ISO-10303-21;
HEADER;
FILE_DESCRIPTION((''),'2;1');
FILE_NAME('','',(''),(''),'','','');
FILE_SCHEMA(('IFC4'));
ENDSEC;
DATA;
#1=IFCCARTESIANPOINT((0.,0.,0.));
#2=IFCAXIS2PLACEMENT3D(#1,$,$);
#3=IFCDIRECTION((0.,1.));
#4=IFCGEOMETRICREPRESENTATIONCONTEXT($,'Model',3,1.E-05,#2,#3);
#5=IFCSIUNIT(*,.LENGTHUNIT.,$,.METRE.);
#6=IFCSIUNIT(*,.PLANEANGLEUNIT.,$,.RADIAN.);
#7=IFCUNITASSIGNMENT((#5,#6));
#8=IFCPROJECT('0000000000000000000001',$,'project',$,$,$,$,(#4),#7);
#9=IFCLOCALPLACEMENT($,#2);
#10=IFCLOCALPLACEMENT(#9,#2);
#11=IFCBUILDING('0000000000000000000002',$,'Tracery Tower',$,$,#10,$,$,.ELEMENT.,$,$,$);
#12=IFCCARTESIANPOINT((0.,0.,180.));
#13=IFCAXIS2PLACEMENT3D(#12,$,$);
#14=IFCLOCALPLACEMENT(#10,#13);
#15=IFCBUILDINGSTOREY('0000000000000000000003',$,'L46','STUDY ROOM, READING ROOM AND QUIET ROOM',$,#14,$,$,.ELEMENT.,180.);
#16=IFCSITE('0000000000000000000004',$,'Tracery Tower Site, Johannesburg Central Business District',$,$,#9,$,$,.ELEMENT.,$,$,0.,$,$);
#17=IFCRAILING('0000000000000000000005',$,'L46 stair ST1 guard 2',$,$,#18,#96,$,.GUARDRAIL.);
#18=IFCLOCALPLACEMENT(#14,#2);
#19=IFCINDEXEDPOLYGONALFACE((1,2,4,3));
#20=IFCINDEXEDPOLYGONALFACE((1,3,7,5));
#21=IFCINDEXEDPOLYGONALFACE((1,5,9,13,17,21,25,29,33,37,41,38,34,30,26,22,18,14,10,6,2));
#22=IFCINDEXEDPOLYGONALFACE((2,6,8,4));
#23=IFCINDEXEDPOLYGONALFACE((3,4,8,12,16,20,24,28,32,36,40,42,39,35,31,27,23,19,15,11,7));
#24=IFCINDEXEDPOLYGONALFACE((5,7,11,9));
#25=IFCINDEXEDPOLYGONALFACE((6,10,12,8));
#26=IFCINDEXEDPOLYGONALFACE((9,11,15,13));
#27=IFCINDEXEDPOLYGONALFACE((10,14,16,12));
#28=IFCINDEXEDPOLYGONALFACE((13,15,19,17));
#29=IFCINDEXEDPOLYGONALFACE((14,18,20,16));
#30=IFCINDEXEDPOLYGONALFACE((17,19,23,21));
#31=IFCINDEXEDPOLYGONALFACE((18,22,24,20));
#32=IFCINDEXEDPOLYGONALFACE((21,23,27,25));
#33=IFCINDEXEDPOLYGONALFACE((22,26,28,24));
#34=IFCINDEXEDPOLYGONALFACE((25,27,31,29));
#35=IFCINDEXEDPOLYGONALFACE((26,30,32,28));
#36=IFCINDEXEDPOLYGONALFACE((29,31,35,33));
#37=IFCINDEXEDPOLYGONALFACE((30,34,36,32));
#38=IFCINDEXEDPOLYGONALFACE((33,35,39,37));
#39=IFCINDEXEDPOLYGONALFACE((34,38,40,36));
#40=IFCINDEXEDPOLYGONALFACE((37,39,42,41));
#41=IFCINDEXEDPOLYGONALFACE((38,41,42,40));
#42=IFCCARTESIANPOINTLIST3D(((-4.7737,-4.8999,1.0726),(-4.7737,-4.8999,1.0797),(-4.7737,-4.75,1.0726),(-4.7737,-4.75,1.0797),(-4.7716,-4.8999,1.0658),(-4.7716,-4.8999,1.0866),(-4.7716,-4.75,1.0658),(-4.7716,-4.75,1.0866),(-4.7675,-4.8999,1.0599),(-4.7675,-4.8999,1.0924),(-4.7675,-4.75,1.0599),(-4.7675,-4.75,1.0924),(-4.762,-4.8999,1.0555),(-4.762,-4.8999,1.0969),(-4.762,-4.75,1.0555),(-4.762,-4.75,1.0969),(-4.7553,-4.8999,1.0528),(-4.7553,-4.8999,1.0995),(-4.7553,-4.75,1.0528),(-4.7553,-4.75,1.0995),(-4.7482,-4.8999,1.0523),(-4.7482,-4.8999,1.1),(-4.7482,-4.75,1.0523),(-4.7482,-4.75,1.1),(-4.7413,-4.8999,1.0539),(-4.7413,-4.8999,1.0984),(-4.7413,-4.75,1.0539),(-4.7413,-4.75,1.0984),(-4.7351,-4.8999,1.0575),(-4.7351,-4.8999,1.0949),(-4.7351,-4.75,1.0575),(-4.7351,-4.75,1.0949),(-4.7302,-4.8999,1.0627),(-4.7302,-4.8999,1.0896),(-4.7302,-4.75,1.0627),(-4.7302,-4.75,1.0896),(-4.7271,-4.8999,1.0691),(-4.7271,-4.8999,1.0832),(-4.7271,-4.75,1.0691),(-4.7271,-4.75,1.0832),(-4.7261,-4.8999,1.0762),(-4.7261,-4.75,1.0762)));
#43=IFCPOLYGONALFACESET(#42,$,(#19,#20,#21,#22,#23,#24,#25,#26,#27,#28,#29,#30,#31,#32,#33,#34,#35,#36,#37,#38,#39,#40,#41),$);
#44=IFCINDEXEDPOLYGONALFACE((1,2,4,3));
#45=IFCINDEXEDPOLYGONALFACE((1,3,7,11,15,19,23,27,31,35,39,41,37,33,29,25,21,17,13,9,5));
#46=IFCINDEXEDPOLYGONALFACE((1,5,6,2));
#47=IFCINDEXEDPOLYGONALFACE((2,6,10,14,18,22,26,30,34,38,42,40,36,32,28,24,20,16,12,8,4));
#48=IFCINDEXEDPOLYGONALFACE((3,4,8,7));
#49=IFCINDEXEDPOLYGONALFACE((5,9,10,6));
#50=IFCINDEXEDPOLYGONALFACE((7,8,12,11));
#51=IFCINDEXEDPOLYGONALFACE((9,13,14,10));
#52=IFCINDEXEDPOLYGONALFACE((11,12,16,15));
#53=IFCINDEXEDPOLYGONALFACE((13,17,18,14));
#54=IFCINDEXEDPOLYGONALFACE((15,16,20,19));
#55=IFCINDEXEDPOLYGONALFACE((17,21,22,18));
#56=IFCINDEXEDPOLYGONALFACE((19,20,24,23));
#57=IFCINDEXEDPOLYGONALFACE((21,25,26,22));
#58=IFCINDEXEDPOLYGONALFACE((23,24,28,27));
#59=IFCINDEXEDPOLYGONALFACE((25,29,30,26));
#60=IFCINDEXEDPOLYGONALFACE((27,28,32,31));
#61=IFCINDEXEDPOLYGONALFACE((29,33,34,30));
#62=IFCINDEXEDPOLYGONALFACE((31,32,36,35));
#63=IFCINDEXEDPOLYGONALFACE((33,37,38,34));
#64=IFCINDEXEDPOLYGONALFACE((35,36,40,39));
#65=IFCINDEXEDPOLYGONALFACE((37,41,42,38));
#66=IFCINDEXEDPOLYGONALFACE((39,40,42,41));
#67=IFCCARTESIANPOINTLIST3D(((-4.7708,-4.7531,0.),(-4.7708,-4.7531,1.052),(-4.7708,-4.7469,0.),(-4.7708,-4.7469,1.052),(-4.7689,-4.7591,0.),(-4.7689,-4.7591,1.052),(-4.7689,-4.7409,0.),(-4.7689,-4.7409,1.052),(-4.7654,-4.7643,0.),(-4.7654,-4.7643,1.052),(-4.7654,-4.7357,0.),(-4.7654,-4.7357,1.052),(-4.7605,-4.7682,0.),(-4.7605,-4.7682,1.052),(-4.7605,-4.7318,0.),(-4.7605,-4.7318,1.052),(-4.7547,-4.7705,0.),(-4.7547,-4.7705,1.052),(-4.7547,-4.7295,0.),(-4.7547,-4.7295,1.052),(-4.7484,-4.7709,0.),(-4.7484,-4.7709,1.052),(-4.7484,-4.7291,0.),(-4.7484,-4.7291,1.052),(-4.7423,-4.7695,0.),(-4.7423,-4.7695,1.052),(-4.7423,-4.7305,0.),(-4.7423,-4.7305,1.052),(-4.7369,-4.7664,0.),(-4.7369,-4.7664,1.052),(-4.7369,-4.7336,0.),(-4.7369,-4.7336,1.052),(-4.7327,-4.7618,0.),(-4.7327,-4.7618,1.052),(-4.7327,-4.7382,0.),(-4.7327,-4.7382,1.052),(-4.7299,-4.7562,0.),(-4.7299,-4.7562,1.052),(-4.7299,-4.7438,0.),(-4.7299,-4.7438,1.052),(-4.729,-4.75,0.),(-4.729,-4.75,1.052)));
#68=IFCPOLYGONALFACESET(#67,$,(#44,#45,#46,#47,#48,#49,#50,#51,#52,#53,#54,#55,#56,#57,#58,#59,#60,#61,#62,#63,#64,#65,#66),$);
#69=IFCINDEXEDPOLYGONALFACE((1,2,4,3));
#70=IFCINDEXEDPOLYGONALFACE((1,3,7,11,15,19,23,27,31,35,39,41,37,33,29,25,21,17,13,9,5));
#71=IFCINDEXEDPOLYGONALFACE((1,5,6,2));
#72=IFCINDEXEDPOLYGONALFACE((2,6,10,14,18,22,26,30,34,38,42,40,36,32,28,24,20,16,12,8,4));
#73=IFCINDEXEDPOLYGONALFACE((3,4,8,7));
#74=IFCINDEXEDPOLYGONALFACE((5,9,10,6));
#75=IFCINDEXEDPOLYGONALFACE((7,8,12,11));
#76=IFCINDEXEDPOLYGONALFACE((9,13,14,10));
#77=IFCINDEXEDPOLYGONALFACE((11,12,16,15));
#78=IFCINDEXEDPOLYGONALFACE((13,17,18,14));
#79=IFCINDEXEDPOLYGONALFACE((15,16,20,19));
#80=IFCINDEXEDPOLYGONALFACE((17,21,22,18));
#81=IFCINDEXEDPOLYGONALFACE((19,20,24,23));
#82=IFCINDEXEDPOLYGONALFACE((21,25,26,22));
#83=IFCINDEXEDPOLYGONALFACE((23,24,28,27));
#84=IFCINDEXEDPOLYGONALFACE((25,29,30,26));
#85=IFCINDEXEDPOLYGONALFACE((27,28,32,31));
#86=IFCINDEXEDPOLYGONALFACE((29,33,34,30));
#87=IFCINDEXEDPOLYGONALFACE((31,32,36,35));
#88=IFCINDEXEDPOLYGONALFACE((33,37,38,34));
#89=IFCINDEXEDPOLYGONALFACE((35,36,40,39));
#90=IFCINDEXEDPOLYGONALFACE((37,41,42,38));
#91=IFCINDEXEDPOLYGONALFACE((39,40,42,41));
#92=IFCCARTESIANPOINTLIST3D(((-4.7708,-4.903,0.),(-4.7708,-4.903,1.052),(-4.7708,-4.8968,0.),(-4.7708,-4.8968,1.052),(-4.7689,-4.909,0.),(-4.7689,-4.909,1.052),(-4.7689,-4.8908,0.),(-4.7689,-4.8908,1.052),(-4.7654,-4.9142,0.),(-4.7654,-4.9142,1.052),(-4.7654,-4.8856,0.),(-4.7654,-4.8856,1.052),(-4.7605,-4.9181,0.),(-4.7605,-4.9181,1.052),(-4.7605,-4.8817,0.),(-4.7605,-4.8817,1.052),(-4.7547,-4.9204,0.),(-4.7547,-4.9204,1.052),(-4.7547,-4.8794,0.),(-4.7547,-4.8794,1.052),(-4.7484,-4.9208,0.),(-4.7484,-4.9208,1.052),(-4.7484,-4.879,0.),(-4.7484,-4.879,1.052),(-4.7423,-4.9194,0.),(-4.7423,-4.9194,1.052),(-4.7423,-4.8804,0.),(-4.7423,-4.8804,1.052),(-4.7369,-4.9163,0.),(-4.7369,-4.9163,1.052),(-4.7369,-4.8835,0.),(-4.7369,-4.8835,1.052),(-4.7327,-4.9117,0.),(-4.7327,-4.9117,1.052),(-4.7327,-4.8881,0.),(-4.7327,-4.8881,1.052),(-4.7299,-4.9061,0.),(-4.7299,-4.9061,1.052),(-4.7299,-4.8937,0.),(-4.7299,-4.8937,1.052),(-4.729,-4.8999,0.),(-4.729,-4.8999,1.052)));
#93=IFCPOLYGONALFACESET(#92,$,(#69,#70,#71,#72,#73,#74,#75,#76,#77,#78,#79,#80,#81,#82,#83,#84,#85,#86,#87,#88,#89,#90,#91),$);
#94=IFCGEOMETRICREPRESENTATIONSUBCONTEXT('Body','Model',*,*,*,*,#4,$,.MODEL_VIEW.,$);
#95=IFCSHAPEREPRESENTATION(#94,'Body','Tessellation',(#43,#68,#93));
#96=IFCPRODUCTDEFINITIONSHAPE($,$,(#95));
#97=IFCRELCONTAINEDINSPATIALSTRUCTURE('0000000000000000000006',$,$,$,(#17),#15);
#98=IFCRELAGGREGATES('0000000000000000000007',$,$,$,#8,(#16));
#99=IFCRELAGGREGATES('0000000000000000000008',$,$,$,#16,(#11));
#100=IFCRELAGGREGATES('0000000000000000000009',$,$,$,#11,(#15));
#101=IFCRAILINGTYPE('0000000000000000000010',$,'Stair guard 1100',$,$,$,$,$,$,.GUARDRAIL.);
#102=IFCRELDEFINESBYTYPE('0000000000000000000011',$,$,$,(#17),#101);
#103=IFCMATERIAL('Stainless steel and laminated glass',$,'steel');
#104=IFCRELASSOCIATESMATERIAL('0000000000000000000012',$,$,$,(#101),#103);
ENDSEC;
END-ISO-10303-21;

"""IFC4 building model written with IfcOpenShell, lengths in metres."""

from ifc_helpers import new_model, si_unit, direction, frame, origin, origin_2d, place, context, subcontext, project, spatial, circle, extrude, material, type_object, element, save


model = new_model("IFC4")

# Units and contexts
model_context = context("Model", 3, precision=1e-05, world=origin(), true_north=direction((0.0, 1.0)))
body_context = subcontext(model_context, "Body", "Model", "MODEL_VIEW")
ifc_project = project(units=[si_unit("LENGTHUNIT", "METRE"), si_unit("PLANEANGLEUNIT", "RADIAN")], contexts=[model_context])

# Site, building, storey
site_placement = place(None, origin())
site = spatial("IfcSite", under=ifc_project, at=site_placement, Name="Tracery Tower Site, Johannesburg Central Business District", CompositionType="ELEMENT", RefElevation=0.0)
building_placement = place(site_placement, origin())
building = spatial("IfcBuilding", under=site, at=building_placement, Name="Tracery Tower", CompositionType="ELEMENT")
storey_placement = place(building_placement, frame((0.0, 0.0, 180.0)))
storey = spatial("IfcBuildingStorey", under=building, at=storey_placement, Name="L46", Description="STUDY ROOM, READING ROOM AND QUIET ROOM", CompositionType="ELEMENT", Elevation=180.0)

# Railing
ifc_material_1 = material(Name="Stainless steel and laminated glass", Category="steel")
railing_type_1 = type_object("IfcRailingType", Name="Stair guard 1100", PredefinedType="GUARDRAIL", material=ifc_material_1)
railing_1_placement = place(storey_placement, frame((-4.75, -4.75, 0.0)))
element("IfcRailing", 1, at=railing_1_placement, inside=storey, type_object=railing_type_1, Name="L46 stair ST1 guard 2", PredefinedType="GUARDRAIL", context=body_context, shape_type="SweptSolid", body=[
    extrude(circle(Radius=0.0239, at=origin_2d()), frame((0.0, 0.0, 1.0762), z_axis=(0.0, -1.0, 0.0), x_axis=(1.0, 0.0, 0.0)), (0.0, 0.0, 1.0), 0.1499),
    extrude(circle(Radius=0.021, at=origin_2d()), origin(), (0.0, 0.0, 1.0), 1.052),
    extrude(circle(Radius=0.021, at=origin_2d()), frame((0.0, -0.1499, 0.0)), (0.0, 0.0, 1.0), 1.052),
])

save(model, "model.ifc")
